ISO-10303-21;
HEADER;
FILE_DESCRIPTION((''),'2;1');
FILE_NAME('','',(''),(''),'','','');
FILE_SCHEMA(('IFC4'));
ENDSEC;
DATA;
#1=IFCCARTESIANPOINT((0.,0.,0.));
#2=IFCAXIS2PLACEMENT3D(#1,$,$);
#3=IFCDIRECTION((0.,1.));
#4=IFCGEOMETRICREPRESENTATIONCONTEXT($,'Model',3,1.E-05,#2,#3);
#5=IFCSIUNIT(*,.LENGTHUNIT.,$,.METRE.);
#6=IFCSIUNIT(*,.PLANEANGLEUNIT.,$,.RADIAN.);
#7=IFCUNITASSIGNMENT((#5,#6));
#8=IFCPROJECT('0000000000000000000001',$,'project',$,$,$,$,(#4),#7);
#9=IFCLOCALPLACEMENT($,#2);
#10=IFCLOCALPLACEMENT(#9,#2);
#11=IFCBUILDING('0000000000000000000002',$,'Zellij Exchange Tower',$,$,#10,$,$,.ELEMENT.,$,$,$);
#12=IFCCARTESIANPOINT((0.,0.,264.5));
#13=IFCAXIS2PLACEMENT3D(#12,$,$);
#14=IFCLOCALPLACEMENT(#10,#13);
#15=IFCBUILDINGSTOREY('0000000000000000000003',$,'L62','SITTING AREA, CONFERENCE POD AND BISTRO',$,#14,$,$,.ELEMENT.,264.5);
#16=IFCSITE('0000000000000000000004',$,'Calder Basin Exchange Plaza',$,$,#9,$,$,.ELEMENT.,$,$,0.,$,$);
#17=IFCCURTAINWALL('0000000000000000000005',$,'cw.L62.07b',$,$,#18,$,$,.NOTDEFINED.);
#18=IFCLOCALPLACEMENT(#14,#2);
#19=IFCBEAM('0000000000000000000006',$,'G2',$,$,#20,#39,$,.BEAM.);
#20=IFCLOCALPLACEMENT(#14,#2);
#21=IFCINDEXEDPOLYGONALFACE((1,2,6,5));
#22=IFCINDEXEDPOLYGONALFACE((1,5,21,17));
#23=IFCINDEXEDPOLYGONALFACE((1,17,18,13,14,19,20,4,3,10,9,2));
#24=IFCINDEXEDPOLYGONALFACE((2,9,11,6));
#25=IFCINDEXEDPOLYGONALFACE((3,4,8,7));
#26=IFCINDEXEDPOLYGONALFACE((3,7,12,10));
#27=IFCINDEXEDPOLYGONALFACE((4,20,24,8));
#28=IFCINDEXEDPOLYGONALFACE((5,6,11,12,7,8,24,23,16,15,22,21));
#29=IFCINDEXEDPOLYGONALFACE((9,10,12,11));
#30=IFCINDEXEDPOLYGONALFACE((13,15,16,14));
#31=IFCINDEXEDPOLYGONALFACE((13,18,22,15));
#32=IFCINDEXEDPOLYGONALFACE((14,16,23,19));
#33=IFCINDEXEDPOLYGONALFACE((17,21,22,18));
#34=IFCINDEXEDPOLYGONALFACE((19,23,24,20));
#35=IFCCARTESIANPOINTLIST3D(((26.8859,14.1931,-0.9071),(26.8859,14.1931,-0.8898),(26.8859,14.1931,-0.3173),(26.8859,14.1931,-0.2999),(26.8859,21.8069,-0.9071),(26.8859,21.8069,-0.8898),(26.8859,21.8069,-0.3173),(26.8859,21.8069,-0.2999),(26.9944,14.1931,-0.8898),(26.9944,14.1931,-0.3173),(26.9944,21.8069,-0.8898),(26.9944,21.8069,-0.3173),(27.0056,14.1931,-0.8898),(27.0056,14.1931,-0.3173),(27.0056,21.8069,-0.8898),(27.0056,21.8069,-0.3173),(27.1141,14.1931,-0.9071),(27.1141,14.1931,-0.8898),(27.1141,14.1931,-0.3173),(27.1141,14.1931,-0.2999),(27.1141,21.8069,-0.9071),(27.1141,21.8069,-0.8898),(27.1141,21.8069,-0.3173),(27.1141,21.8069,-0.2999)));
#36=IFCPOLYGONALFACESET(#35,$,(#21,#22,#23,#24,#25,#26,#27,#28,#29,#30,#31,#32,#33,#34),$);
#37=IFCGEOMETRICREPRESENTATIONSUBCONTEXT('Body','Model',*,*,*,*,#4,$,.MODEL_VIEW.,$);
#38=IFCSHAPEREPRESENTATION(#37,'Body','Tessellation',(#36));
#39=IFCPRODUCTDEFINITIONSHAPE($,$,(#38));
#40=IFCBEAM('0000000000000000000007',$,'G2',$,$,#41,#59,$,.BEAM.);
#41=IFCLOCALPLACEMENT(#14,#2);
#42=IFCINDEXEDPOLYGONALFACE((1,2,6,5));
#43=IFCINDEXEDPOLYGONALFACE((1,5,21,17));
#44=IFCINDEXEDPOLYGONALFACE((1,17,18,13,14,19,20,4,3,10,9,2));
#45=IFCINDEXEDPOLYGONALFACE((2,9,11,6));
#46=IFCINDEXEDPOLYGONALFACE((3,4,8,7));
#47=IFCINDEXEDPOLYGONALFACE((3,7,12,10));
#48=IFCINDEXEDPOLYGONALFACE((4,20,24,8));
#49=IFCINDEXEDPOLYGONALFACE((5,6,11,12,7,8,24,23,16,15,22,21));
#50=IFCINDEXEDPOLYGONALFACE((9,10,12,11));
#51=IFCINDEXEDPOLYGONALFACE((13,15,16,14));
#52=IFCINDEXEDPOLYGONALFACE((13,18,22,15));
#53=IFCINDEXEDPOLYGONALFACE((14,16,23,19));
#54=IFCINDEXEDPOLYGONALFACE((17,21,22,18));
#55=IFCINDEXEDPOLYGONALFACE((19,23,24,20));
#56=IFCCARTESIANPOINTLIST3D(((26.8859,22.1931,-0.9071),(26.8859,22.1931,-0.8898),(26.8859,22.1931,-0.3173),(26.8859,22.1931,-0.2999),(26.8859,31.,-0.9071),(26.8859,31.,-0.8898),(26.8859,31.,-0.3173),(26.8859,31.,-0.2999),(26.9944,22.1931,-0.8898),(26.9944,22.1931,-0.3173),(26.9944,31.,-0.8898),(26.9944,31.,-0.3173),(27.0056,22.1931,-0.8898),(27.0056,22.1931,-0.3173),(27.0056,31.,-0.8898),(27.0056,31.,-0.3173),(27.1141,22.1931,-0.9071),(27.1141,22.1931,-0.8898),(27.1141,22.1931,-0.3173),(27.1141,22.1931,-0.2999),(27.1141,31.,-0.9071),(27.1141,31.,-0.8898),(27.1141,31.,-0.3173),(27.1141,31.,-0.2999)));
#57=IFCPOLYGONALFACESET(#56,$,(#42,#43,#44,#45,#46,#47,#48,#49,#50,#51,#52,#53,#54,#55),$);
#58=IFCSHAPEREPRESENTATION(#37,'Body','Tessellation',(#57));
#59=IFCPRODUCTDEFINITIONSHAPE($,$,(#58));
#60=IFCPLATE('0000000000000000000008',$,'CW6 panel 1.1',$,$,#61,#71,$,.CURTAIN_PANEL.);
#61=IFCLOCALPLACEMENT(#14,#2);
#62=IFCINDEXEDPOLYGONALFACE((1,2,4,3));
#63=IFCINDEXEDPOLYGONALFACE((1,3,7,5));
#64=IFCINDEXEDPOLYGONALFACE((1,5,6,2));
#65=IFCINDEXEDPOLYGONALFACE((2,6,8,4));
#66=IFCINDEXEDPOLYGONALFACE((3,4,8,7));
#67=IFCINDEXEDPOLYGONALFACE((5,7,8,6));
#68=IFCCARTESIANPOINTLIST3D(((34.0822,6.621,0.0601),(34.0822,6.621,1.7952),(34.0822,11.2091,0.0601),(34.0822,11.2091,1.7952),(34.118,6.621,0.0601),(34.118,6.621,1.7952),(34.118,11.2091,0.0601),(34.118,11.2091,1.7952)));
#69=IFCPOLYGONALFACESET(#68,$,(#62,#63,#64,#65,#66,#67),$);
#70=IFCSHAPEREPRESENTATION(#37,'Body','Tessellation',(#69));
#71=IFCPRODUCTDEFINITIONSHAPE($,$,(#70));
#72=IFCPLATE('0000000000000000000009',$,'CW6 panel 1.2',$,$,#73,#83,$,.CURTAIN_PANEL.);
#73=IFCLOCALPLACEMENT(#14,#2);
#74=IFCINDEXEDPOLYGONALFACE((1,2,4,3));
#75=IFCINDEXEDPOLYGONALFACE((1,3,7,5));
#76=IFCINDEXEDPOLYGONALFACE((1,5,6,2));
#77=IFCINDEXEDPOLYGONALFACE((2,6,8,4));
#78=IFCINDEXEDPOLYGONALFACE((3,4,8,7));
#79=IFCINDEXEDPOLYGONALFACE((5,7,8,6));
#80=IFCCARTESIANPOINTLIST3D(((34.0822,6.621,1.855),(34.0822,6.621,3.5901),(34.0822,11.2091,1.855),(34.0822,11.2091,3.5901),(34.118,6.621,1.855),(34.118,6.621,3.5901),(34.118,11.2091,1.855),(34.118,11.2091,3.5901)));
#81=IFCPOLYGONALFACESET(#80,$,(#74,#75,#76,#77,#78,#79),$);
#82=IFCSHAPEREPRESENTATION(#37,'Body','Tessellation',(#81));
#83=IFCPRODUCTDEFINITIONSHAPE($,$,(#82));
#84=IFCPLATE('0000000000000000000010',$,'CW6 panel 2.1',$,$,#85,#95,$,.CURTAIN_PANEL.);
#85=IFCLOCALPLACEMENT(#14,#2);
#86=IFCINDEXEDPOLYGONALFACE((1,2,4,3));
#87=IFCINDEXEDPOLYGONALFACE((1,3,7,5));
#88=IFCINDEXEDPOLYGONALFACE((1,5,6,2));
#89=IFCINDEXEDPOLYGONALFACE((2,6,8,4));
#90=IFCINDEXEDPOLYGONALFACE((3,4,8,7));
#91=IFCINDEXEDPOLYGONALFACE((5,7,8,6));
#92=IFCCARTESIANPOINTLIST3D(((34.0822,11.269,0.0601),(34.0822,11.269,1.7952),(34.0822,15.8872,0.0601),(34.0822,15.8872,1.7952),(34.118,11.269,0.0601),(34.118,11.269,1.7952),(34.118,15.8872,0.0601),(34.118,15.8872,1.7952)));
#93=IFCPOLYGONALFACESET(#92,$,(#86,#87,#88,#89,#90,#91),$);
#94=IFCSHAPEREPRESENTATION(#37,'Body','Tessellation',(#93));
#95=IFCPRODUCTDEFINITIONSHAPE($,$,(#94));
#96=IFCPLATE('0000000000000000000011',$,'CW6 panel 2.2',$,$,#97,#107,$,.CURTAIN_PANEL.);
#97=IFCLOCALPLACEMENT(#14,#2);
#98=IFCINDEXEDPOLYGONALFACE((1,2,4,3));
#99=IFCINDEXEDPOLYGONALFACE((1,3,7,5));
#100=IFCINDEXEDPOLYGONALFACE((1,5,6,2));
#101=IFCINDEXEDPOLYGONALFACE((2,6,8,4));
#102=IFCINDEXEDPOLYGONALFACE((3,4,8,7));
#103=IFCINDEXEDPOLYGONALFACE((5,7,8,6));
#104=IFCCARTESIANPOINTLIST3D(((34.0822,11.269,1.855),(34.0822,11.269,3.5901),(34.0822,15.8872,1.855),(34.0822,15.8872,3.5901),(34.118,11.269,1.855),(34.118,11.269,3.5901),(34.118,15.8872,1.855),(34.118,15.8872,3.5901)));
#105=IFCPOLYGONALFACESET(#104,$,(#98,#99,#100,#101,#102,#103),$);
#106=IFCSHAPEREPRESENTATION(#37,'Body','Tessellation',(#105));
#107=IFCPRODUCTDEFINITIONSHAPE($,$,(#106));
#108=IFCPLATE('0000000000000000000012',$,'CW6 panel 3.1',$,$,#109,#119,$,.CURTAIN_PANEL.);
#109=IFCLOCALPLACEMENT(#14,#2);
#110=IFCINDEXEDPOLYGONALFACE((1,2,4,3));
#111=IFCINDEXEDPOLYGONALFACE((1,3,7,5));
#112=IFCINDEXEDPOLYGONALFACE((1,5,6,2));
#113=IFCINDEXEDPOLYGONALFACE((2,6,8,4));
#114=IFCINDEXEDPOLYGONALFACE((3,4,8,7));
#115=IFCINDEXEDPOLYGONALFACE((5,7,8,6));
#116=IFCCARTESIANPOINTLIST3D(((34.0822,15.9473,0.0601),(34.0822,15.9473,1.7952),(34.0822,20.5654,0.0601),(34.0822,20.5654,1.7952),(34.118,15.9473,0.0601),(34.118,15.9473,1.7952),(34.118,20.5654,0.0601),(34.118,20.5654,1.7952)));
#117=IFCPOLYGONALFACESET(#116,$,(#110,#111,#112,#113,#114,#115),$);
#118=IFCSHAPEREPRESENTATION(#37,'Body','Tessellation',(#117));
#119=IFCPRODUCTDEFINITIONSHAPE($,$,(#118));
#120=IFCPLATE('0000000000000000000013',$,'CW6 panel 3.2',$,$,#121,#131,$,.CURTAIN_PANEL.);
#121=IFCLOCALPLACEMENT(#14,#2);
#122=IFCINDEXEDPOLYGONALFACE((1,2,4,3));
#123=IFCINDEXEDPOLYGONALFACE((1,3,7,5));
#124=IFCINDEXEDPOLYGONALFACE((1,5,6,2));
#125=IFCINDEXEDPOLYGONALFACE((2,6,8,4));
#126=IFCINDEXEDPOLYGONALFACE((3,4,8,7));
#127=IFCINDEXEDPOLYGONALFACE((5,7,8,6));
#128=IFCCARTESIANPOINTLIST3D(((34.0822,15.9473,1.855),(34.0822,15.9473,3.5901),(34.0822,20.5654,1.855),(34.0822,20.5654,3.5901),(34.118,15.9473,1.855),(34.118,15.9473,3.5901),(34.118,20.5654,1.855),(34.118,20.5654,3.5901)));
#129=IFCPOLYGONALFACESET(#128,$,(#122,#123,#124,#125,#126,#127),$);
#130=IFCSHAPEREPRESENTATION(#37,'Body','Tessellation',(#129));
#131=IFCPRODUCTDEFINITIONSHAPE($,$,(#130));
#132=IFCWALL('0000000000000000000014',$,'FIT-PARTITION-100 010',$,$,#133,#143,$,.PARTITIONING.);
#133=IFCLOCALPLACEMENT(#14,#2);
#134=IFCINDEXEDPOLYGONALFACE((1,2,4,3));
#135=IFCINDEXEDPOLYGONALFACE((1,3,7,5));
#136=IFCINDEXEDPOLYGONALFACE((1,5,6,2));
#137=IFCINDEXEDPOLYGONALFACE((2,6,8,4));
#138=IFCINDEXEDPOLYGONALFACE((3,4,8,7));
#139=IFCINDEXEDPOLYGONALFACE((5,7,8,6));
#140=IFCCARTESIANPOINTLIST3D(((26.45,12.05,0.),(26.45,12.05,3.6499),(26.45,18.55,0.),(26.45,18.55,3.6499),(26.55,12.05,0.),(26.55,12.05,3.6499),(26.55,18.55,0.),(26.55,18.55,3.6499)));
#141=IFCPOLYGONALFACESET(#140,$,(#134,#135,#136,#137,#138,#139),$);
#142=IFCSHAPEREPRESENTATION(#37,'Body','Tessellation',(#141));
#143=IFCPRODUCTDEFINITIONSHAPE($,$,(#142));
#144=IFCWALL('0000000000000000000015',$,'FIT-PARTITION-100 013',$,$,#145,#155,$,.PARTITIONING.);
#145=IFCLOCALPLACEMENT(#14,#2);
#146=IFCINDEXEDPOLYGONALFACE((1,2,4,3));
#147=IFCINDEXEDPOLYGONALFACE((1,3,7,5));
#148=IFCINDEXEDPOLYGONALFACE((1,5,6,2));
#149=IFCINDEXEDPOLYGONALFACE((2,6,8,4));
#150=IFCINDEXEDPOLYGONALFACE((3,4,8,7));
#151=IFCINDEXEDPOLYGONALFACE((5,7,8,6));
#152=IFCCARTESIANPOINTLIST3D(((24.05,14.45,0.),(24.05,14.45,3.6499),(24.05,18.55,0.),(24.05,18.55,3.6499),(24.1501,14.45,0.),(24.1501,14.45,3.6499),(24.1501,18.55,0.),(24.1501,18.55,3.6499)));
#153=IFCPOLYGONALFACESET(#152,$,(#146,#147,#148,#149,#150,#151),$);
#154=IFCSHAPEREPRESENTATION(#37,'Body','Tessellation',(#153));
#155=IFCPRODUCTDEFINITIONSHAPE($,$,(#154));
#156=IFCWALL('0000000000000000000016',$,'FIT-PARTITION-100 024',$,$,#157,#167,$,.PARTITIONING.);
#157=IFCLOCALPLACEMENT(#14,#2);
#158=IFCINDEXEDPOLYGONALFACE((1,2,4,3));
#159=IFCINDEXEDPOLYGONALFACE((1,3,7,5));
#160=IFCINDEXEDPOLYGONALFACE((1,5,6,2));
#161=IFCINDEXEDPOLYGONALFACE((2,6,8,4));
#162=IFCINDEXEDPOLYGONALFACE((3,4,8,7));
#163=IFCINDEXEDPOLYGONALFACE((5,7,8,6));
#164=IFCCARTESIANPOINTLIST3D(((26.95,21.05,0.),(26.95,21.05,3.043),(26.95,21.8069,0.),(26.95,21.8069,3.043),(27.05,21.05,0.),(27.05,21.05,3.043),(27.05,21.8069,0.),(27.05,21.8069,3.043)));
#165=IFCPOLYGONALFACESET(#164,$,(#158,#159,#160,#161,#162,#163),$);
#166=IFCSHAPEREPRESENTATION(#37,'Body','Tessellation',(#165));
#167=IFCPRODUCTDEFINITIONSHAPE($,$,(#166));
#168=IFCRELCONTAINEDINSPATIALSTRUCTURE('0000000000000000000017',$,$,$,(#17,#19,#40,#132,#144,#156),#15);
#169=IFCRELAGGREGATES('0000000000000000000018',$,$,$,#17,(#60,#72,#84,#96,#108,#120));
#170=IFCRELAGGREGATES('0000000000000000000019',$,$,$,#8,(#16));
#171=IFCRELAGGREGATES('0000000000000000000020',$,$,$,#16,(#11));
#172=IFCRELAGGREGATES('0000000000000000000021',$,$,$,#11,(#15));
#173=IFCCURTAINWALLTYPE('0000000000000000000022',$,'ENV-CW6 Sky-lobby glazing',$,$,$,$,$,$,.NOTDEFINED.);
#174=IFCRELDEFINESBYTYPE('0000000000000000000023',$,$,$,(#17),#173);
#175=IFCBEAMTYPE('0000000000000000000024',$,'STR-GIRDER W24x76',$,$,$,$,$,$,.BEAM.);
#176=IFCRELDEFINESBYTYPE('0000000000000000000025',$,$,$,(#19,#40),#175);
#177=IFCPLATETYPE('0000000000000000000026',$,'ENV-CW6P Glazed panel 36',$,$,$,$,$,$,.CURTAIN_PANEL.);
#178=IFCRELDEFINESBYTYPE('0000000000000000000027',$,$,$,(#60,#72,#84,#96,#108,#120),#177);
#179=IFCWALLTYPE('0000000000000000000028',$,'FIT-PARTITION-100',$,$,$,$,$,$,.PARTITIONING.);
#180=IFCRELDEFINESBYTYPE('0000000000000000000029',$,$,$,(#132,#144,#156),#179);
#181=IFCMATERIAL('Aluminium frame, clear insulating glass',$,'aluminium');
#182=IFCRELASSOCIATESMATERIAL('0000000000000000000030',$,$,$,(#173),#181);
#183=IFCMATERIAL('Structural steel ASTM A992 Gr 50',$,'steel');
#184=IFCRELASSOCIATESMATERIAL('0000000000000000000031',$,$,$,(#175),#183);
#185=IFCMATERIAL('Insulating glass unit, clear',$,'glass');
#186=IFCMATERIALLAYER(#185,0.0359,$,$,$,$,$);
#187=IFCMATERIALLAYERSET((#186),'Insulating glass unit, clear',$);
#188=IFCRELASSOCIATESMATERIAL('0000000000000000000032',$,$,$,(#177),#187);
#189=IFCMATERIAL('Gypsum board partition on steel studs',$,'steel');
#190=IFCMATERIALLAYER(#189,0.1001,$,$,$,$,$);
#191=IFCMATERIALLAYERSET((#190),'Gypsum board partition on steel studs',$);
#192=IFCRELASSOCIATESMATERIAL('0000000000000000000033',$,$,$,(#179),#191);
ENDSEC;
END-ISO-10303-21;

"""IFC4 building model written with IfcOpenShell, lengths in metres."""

from ifc_helpers import new_model, si_unit, direction, frame, frame_2d, origin, origin_2d, place, context, subcontext, project, spatial, rectangle, i_section, extrude, material, layer, layer_set, material_profile, profile_set, type_object, element, aggregate, save


model = new_model("IFC4")

# Units and contexts
model_context = context("Model", 3, precision=1e-05, world=origin(), true_north=direction((0.0, 1.0)))
body_context = subcontext(model_context, "Body", "Model", "MODEL_VIEW")
ifc_project = project(units=[si_unit("LENGTHUNIT", "METRE"), si_unit("PLANEANGLEUNIT", "RADIAN")], contexts=[model_context])

# Site, building, storey
site_placement = place(None, origin())
site = spatial("IfcSite", under=ifc_project, at=site_placement, Name="Calder Basin Exchange Plaza", CompositionType="ELEMENT", RefElevation=0.0)
building_placement = place(site_placement, origin())
building = spatial("IfcBuilding", under=site, at=building_placement, Name="Zellij Exchange Tower", CompositionType="ELEMENT")
storey_placement = place(building_placement, frame((0.0, 0.0, 264.5)))
storey = spatial("IfcBuildingStorey", under=building, at=storey_placement, Name="L62", Description="SITTING AREA, CONFERENCE POD AND BISTRO", CompositionType="ELEMENT", Elevation=264.5)

# Shared definitions
ifc_material_1 = material(Name="Structural steel ASTM A992 Gr 50", Category="steel")

# Curtain wall
ifc_material_2 = material(Name="Aluminium frame, clear insulating glass", Category="aluminium")
curtain_wall_type = type_object("IfcCurtainWallType", Name="ENV-CW6 Sky-lobby glazing", PredefinedType="NOTDEFINED", material=ifc_material_2)
curtain_wall_placement = place(storey_placement, origin())
curtain_wall = element("IfcCurtainWall", 1, at=curtain_wall_placement, inside=storey, type_object=curtain_wall_type, Name="cw.L62.07b", PredefinedType="NOTDEFINED")

# Beams
ifc_material_profile_1 = material_profile(ifc_material_1, i_section(OverallWidth=0.2283, OverallDepth=0.6072, WebThickness=0.0112, FlangeThickness=0.0173, at=origin_2d()), Name="W24x76")
ifc_profile_set_1 = profile_set([ifc_material_profile_1], Name="Structural steel ASTM A992 Gr 50")
beam_type_1 = type_object("IfcBeamType", Name="STR-GIRDER W24x76", PredefinedType="BEAM", material=ifc_profile_set_1)
beam_1_placement = place(storey_placement, frame((27.0, 14.1931, -0.6035), z_axis=(0.0, 1.0, 0.0), x_axis=(-1.0, 0.0, 0.0)))
element("IfcBeam", 2, at=beam_1_placement, inside=storey, type_object=beam_type_1, Name="G2", PredefinedType="BEAM", context=body_context, shape_type="SweptSolid", body=[
    extrude(i_section(OverallWidth=0.2283, OverallDepth=0.6072, WebThickness=0.0112, FlangeThickness=0.0173, at=origin_2d()), origin(), (0.0, 0.0, 1.0), 7.6138),
])
beam_2_placement = place(storey_placement, frame((27.0, 22.1931, -0.6035), z_axis=(0.0, 1.0, 0.0), x_axis=(-1.0, 0.0, 0.0)))
element("IfcBeam", 3, at=beam_2_placement, inside=storey, type_object=beam_type_1, Name="G2", PredefinedType="BEAM", context=body_context, shape_type="SweptSolid", body=[
    extrude(i_section(OverallWidth=0.2283, OverallDepth=0.6072, WebThickness=0.0112, FlangeThickness=0.0173, at=origin_2d()), origin(), (0.0, 0.0, 1.0), 8.8069),
])

# Plates
ifc_material_3 = material(Name="Insulating glass unit, clear", Category="glass")
ifc_layer_1 = layer(ifc_material_3, 0.0359)
ifc_layer_set_1 = layer_set([ifc_layer_1], Name="Insulating glass unit, clear")
plate_type = type_object("IfcPlateType", Name="ENV-CW6P Glazed panel 36", PredefinedType="CURTAIN_PANEL", material=ifc_layer_set_1)
plate_1_placement = place(storey_placement, frame((34.1001, 8.915, 0.0601), z_axis=(0.0, 0.0, 1.0), x_axis=(0.0, 1.0, 0.0)))
plate_1 = element("IfcPlate", 4, at=plate_1_placement, type_object=plate_type, Name="CW6 panel 1.1", PredefinedType="CURTAIN_PANEL", context=body_context, shape_type="SweptSolid", body=[
    extrude(rectangle(XDim=4.5881, YDim=0.0359, at=origin_2d()), origin(), (0.0, 0.0, 1.0), 1.7351),
])
plate_2_placement = place(storey_placement, frame((34.1001, 8.915, 1.855), z_axis=(0.0, 0.0, 1.0), x_axis=(0.0, 1.0, 0.0)))
plate_2 = element("IfcPlate", 5, at=plate_2_placement, type_object=plate_type, Name="CW6 panel 1.2", PredefinedType="CURTAIN_PANEL", context=body_context, shape_type="SweptSolid", body=[
    extrude(rectangle(XDim=4.5881, YDim=0.0359, at=origin_2d()), origin(), (0.0, 0.0, 1.0), 1.7351),
])
plate_3_placement = place(storey_placement, frame((34.1001, 13.5781, 0.0601), z_axis=(0.0, 0.0, 1.0), x_axis=(0.0, 1.0, 0.0)))
plate_3 = element("IfcPlate", 6, at=plate_3_placement, type_object=plate_type, Name="CW6 panel 2.1", PredefinedType="CURTAIN_PANEL", context=body_context, shape_type="SweptSolid", body=[
    extrude(rectangle(XDim=4.6182, YDim=0.0359, at=origin_2d()), origin(), (0.0, 0.0, 1.0), 1.7351),
])
plate_4_placement = place(storey_placement, frame((34.1001, 13.5781, 1.855), z_axis=(0.0, 0.0, 1.0), x_axis=(0.0, 1.0, 0.0)))
plate_4 = element("IfcPlate", 7, at=plate_4_placement, type_object=plate_type, Name="CW6 panel 2.2", PredefinedType="CURTAIN_PANEL", context=body_context, shape_type="SweptSolid", body=[
    extrude(rectangle(XDim=4.6182, YDim=0.0359, at=origin_2d()), origin(), (0.0, 0.0, 1.0), 1.7351),
])
plate_5_placement = place(storey_placement, frame((34.1001, 18.2563, 0.0601), z_axis=(0.0, 0.0, 1.0), x_axis=(0.0, 1.0, 0.0)))
plate_5 = element("IfcPlate", 8, at=plate_5_placement, type_object=plate_type, Name="CW6 panel 3.1", PredefinedType="CURTAIN_PANEL", context=body_context, shape_type="SweptSolid", body=[
    extrude(rectangle(XDim=4.6182, YDim=0.0359, at=origin_2d()), origin(), (0.0, 0.0, 1.0), 1.7351),
])
plate_6_placement = place(storey_placement, frame((34.1001, 18.2563, 1.855), z_axis=(0.0, 0.0, 1.0), x_axis=(0.0, 1.0, 0.0)))
plate_6 = element("IfcPlate", 9, at=plate_6_placement, type_object=plate_type, Name="CW6 panel 3.2", PredefinedType="CURTAIN_PANEL", context=body_context, shape_type="SweptSolid", body=[
    extrude(rectangle(XDim=4.6182, YDim=0.0359, at=origin_2d()), origin(), (0.0, 0.0, 1.0), 1.7351),
])
aggregate(curtain_wall, [plate_1, plate_2, plate_3, plate_4, plate_5, plate_6])

# Walls
ifc_material_4 = material(Name="Gypsum board partition on steel studs", Category="steel")
ifc_layer_2 = layer(ifc_material_4, 0.1001)
ifc_layer_set_2 = layer_set([ifc_layer_2], Name="Gypsum board partition on steel studs")
wall_type = type_object("IfcWallType", Name="FIT-PARTITION-100", PredefinedType="PARTITIONING", material=ifc_layer_set_2)
wall_1_placement = place(storey_placement, frame((26.5, 12.05, 0.0), z_axis=(0.0, 0.0, 1.0), x_axis=(0.0, 1.0, 0.0)))
element("IfcWall", 10, at=wall_1_placement, inside=storey, type_object=wall_type, Name="FIT-PARTITION-100 010", PredefinedType="PARTITIONING", context=body_context, shape_type="SweptSolid", body=[
    extrude(rectangle(XDim=6.5, YDim=0.1001, at=frame_2d((3.25, 0.0))), origin(), (0.0, 0.0, 1.0), 3.6499),
])
wall_2_placement = place(storey_placement, frame((24.1001, 14.45, 0.0), z_axis=(0.0, 0.0, 1.0), x_axis=(0.0, 1.0, 0.0)))
element("IfcWall", 11, at=wall_2_placement, inside=storey, type_object=wall_type, Name="FIT-PARTITION-100 013", PredefinedType="PARTITIONING", context=body_context, shape_type="SweptSolid", body=[
    extrude(rectangle(XDim=4.1001, YDim=0.1001, at=frame_2d((2.05, 0.0))), origin(), (0.0, 0.0, 1.0), 3.6499),
])
wall_3_placement = place(storey_placement, frame((27.0, 21.05, 0.0), z_axis=(0.0, 0.0, 1.0), x_axis=(0.0, 1.0, 0.0)))
element("IfcWall", 12, at=wall_3_placement, inside=storey, type_object=wall_type, Name="FIT-PARTITION-100 024", PredefinedType="PARTITIONING", context=body_context, shape_type="SweptSolid", body=[
    extrude(rectangle(XDim=0.7568, YDim=0.1001, at=frame_2d((0.3784, 0.0))), origin(), (0.0, 0.0, 1.0), 3.043),
])

save(model, "model.ifc")
